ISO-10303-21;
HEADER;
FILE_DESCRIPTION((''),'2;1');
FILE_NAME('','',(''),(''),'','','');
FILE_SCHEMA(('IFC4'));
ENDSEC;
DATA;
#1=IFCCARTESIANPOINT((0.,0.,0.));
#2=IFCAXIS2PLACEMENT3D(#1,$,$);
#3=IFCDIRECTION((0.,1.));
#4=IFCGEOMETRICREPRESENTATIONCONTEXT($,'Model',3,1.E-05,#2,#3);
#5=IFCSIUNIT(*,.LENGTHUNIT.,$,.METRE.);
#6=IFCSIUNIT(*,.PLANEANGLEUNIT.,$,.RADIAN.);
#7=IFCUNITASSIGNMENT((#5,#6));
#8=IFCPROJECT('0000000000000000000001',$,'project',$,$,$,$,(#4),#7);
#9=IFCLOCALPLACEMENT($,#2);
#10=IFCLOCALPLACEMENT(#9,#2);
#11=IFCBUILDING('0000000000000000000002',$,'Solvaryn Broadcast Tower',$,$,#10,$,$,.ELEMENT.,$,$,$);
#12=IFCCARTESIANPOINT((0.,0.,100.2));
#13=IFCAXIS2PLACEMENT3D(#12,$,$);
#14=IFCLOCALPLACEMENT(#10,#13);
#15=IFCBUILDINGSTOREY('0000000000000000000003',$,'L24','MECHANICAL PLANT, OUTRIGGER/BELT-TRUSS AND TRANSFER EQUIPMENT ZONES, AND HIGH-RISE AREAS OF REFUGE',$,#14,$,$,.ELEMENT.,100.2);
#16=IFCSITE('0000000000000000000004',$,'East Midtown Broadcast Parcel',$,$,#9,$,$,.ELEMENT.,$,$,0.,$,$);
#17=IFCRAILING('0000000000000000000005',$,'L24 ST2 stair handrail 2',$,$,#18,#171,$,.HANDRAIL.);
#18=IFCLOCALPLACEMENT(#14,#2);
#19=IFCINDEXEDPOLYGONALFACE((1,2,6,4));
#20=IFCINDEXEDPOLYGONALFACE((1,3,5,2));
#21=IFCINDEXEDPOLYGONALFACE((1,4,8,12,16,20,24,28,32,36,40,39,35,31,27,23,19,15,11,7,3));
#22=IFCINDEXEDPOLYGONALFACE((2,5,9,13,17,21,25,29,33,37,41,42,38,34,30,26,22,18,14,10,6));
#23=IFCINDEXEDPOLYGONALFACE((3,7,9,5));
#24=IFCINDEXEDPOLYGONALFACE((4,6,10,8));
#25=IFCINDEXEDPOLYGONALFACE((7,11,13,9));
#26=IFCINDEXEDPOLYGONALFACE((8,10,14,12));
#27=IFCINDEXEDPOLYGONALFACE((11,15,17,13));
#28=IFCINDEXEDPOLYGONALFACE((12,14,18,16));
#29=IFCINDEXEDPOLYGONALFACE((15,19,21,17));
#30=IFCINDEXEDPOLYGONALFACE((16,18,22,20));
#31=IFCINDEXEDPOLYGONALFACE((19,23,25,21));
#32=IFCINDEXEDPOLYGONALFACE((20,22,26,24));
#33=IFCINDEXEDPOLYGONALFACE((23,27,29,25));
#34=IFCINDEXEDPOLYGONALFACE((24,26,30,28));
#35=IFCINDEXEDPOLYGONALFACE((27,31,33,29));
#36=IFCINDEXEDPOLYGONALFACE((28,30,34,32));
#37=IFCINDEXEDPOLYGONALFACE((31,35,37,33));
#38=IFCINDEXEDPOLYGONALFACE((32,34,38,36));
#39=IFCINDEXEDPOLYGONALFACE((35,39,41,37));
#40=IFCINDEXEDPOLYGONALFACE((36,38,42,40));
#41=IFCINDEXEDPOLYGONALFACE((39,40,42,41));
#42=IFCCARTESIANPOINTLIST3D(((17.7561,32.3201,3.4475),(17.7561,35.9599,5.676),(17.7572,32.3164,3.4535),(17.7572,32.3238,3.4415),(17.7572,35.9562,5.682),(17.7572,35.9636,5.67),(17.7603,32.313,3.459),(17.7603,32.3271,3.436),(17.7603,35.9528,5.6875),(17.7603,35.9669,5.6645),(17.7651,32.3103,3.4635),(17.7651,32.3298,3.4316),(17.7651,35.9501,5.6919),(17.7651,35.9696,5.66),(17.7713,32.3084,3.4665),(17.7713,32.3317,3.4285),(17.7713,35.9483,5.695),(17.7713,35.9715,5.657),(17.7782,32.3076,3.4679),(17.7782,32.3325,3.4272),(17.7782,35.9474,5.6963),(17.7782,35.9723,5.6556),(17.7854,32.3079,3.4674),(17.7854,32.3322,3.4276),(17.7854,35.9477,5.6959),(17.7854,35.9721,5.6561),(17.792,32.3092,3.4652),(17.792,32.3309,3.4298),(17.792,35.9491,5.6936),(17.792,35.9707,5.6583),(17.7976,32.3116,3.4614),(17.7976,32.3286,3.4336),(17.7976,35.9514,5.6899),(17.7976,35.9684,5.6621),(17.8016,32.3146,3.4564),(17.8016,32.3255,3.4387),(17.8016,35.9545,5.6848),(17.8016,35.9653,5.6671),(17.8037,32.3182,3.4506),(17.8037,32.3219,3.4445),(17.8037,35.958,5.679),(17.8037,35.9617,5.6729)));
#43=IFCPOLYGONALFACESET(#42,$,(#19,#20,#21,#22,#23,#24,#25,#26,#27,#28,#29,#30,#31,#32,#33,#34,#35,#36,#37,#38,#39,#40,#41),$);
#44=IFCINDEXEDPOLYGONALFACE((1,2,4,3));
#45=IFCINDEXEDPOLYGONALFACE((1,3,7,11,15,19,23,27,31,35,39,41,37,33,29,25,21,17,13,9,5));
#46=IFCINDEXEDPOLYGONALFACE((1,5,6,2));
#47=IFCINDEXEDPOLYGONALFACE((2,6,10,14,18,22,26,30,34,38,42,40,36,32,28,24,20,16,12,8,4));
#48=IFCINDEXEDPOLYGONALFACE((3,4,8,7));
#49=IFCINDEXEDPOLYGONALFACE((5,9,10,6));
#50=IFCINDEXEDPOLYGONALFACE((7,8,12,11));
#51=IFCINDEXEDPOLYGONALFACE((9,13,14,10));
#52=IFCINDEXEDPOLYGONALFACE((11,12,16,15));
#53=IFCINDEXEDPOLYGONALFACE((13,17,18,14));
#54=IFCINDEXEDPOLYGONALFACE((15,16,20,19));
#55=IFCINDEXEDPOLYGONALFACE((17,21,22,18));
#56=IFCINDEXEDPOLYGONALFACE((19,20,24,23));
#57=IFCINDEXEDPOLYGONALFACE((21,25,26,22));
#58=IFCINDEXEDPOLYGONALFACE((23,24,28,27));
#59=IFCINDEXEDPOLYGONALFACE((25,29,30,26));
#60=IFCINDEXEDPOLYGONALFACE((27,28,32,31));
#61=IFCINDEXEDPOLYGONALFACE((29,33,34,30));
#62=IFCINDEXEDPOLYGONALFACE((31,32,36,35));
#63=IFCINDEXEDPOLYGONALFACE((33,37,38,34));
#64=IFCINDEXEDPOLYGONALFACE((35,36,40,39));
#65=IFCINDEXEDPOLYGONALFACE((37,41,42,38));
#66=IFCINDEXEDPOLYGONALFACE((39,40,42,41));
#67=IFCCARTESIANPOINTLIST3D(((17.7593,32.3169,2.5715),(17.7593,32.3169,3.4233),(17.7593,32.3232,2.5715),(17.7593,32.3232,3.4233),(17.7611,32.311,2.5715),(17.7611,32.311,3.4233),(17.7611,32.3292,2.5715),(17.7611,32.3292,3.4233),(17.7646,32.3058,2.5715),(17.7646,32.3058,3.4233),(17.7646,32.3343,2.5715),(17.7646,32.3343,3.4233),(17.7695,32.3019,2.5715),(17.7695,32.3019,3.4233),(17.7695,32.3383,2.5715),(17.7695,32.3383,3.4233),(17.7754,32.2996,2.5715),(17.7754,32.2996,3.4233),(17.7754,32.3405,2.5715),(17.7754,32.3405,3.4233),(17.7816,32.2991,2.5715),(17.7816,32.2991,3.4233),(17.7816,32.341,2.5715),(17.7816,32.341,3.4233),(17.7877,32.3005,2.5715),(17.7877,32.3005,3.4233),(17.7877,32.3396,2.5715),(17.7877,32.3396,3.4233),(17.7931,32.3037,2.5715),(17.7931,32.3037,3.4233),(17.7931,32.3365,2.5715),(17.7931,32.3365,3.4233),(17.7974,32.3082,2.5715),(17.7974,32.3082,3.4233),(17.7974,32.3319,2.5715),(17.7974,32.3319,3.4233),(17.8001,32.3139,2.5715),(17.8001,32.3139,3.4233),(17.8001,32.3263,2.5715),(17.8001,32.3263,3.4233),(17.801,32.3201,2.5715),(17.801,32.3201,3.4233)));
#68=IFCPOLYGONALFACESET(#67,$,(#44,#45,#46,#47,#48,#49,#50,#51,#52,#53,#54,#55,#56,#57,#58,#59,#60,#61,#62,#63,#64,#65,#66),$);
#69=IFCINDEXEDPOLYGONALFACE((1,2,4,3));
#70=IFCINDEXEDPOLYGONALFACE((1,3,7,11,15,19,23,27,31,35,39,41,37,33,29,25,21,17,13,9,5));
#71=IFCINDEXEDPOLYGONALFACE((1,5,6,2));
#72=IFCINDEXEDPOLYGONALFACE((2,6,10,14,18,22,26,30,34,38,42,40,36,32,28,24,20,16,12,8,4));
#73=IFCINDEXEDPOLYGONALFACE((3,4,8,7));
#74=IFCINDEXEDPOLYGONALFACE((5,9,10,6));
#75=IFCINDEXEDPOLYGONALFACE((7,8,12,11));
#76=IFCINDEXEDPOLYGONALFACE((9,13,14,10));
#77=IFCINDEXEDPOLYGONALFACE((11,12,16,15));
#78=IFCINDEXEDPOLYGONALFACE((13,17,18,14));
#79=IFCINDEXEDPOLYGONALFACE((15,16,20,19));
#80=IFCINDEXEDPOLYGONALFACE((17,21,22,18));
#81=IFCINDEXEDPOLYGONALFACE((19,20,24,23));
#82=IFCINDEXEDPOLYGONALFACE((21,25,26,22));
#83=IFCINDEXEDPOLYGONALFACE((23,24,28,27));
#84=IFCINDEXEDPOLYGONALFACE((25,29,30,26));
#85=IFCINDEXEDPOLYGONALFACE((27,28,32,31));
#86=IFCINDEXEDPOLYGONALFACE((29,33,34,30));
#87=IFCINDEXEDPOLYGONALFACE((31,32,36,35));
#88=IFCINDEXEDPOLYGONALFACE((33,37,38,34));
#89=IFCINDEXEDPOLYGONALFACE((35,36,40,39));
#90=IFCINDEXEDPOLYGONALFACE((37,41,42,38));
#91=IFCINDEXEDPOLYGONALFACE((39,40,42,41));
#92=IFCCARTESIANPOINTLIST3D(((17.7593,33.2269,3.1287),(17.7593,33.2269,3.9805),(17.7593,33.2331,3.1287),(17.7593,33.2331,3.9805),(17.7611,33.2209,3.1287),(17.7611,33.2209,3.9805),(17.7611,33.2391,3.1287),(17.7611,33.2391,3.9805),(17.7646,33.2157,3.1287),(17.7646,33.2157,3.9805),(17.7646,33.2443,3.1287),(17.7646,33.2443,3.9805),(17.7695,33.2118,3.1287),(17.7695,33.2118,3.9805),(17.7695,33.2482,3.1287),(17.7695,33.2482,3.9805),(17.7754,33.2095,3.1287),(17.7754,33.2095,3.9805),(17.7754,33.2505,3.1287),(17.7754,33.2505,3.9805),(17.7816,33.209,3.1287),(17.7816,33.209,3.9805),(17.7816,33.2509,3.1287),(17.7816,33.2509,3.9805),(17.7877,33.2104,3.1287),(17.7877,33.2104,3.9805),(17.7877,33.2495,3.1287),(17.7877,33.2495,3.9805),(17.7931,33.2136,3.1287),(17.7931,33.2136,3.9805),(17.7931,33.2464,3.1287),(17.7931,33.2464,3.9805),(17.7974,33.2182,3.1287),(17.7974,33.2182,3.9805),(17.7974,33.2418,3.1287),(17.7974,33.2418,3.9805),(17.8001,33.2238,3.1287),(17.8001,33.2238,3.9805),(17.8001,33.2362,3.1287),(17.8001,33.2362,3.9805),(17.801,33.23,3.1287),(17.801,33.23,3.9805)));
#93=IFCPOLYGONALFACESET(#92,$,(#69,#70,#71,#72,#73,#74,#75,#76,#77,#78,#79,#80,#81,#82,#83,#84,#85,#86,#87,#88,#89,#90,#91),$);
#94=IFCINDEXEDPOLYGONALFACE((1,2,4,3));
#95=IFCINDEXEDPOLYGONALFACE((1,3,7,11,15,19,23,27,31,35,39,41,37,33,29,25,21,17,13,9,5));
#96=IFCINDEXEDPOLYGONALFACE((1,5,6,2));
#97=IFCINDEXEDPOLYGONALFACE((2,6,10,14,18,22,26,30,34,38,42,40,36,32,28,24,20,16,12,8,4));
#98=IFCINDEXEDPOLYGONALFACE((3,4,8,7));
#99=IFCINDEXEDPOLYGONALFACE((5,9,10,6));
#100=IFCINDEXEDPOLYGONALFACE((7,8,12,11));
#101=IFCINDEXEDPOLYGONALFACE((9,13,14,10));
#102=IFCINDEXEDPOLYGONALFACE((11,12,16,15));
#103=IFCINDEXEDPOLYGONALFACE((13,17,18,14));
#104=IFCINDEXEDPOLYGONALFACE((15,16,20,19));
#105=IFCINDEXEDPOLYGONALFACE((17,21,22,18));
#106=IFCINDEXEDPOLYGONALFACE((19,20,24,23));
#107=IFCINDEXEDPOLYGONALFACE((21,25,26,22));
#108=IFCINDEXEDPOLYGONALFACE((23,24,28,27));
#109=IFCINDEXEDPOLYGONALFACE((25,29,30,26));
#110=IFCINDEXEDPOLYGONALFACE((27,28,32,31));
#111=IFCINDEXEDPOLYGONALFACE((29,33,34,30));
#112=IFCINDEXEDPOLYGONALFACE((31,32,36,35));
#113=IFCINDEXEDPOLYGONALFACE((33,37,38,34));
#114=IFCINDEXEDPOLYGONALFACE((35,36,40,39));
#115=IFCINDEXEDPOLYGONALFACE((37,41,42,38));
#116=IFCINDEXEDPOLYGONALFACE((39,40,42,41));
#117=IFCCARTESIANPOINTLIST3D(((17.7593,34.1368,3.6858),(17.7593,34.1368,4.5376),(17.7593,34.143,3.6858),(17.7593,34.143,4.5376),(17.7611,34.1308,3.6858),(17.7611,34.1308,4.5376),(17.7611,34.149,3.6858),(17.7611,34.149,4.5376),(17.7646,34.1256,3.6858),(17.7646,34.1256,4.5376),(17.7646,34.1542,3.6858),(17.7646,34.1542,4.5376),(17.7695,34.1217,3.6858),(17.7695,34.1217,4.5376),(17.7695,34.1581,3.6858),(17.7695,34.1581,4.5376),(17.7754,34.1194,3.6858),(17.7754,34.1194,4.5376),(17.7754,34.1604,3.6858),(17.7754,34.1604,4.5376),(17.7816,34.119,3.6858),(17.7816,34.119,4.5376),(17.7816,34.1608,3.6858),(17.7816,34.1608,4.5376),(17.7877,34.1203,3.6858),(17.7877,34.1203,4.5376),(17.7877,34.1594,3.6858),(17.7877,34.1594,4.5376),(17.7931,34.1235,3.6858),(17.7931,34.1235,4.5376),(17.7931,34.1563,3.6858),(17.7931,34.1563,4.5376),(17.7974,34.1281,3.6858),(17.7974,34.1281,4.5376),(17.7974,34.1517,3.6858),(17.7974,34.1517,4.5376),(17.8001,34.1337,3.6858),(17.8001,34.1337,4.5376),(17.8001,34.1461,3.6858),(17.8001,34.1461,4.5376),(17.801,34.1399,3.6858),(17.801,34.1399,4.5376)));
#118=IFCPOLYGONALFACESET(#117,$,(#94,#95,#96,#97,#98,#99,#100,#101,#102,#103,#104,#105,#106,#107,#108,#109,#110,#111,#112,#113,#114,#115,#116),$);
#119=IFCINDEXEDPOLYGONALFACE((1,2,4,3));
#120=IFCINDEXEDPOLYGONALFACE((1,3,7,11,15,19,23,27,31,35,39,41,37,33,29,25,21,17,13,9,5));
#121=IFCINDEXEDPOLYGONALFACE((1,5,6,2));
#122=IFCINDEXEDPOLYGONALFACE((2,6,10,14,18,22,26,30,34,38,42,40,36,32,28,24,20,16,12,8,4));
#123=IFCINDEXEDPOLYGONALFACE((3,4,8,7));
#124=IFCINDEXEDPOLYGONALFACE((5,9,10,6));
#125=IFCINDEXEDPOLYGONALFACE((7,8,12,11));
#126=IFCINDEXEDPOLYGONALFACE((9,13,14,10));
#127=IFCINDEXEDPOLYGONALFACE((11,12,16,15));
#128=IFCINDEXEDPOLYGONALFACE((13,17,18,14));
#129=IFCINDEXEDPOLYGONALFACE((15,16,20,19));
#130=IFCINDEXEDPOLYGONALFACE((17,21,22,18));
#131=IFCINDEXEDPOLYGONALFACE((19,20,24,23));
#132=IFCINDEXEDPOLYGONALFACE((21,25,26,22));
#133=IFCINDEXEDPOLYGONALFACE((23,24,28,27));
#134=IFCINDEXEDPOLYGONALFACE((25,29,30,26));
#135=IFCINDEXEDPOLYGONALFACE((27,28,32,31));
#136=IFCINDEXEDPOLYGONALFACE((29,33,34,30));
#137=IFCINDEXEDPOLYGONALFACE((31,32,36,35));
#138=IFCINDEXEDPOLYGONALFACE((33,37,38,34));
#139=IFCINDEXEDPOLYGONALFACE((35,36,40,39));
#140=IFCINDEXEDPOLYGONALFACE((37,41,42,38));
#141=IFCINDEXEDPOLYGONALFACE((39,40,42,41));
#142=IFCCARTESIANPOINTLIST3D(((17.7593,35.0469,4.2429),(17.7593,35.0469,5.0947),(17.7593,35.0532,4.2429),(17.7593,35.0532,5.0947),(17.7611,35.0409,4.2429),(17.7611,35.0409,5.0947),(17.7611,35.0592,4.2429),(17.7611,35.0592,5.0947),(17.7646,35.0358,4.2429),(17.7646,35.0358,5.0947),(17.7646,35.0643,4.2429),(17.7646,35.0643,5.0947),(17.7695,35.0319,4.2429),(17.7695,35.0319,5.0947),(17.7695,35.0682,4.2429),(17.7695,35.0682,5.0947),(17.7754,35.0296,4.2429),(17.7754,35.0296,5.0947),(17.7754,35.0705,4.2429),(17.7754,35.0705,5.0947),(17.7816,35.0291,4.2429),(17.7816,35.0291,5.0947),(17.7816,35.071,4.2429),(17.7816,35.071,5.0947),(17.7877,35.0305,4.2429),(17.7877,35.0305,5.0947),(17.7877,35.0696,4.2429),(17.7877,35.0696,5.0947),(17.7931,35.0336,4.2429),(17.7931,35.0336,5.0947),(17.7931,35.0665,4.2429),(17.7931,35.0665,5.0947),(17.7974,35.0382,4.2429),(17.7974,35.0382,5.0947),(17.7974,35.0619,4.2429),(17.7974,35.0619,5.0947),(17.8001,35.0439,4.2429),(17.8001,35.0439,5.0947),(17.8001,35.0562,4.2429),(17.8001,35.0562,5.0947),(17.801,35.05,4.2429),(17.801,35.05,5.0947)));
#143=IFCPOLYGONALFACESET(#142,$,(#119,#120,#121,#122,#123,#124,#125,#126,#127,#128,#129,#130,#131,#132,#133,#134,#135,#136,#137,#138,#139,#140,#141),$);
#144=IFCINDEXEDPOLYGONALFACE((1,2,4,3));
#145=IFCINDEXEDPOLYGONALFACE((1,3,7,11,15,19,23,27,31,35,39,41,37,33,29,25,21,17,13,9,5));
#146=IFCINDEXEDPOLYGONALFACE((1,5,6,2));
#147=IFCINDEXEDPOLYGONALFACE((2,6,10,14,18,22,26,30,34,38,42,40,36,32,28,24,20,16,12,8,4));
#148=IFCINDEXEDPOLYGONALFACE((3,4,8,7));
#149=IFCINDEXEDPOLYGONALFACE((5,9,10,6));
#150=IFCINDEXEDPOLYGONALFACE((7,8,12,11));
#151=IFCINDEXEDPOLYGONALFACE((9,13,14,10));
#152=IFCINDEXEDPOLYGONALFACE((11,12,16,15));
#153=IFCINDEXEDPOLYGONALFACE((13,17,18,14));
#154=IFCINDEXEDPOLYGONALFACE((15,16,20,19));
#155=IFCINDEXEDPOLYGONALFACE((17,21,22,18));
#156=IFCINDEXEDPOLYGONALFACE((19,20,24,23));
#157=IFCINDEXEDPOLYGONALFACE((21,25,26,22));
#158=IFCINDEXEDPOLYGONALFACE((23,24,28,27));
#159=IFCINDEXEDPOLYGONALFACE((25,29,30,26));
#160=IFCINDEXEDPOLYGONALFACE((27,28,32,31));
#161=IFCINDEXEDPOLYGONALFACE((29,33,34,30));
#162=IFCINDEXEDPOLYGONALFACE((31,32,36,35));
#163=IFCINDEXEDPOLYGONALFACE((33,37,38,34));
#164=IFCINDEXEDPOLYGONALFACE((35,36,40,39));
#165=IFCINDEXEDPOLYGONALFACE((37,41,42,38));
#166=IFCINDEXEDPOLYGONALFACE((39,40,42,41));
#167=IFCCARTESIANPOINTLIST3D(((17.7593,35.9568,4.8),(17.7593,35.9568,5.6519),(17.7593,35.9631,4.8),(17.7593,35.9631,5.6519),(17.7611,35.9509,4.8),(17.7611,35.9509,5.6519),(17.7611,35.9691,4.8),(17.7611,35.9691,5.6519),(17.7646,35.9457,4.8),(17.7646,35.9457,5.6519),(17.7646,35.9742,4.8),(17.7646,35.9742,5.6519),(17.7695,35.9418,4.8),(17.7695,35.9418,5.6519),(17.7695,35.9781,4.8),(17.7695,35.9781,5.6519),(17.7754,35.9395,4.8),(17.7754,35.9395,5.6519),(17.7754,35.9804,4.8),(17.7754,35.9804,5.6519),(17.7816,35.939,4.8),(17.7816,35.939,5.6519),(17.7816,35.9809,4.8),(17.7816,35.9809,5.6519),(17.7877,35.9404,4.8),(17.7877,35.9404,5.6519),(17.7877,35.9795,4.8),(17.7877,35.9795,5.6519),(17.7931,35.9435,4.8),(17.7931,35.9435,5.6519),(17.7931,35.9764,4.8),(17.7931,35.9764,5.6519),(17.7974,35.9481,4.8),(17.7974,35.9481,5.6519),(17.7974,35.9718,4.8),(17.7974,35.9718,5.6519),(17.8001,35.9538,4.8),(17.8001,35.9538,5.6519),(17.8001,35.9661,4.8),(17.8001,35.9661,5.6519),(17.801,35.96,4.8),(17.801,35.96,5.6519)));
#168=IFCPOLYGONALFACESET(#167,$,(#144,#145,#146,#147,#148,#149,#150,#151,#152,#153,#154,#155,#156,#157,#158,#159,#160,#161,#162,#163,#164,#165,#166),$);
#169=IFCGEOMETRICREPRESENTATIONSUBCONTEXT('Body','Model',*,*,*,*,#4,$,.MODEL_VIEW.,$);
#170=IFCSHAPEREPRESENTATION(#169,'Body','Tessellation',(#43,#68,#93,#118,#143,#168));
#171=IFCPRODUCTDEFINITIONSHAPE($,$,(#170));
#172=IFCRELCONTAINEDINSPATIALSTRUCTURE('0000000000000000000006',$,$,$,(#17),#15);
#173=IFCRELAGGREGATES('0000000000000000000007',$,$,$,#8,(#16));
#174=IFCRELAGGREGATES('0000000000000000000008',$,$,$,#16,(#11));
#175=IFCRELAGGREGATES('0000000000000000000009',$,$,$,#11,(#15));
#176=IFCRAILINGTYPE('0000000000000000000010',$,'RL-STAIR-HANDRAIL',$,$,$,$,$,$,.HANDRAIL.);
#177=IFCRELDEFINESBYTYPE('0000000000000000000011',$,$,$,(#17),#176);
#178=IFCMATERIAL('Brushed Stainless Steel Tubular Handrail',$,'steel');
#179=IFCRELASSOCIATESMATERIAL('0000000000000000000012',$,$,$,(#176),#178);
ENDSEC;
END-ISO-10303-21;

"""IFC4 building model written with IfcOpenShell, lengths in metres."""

from ifc_helpers import new_model, si_unit, direction, frame, origin, origin_2d, place, context, subcontext, project, spatial, circle, extrude, material, type_object, element, save


model = new_model("IFC4")

# Units and contexts
model_context = context("Model", 3, precision=1e-05, world=origin(), true_north=direction((0.0, 1.0)))
body_context = subcontext(model_context, "Body", "Model", "MODEL_VIEW")
ifc_project = project(units=[si_unit("LENGTHUNIT", "METRE"), si_unit("PLANEANGLEUNIT", "RADIAN")], contexts=[model_context])

# Site, building, storey
site_placement = place(None, origin())
site = spatial("IfcSite", under=ifc_project, at=site_placement, Name="East Midtown Broadcast Parcel", CompositionType="ELEMENT", RefElevation=0.0)
building_placement = place(site_placement, origin())
building = spatial("IfcBuilding", under=site, at=building_placement, Name="Solvaryn Broadcast Tower", CompositionType="ELEMENT")
storey_placement = place(building_placement, frame((0.0, 0.0, 100.2)))
storey = spatial("IfcBuildingStorey", under=building, at=storey_placement, Name="L24", Description="MECHANICAL PLANT, OUTRIGGER/BELT-TRUSS AND TRANSFER EQUIPMENT ZONES, AND HIGH-RISE AREAS OF REFUGE", CompositionType="ELEMENT", Elevation=100.2)

# Railing
ifc_material_1 = material(Name="Brushed Stainless Steel Tubular Handrail", Category="steel")
railing_type_1 = type_object("IfcRailingType", Name="RL-STAIR-HANDRAIL", PredefinedType="HANDRAIL", material=ifc_material_1)
for number, where, name in (
    (1, (17.78, 32.3201, 2.5715), "L24 ST2 stair handrail 2"),
):
    element("IfcRailing", number, at=place(storey_placement, frame(where)), inside=storey, type_object=railing_type_1, Name=name, PredefinedType="HANDRAIL", context=body_context, shape_type="SweptSolid", body=[
        extrude(circle(Radius=0.0239, at=origin_2d()), frame((0.0, 0.0, 0.876), z_axis=(0.0, 0.85285, 0.522156), x_axis=(-1.0, 0.0, 0.0)), (0.0, 0.0, 1.0), 4.2678),
        extrude(circle(Radius=0.021, at=origin_2d()), origin(), (0.0, 0.0, 1.0), 0.8518),
        extrude(circle(Radius=0.021, at=origin_2d()), frame((0.0, 0.9099, 0.5571)), (0.0, 0.0, 1.0), 0.8518),
        extrude(circle(Radius=0.021, at=origin_2d()), frame((0.0, 1.8198, 1.1143)), (0.0, 0.0, 1.0), 0.8518),
        extrude(circle(Radius=0.021, at=origin_2d()), frame((0.0, 2.73, 1.6714)), (0.0, 0.0, 1.0), 0.8518),
        extrude(circle(Radius=0.021, at=origin_2d()), frame((0.0, 3.6399, 2.2285)), (0.0, 0.0, 1.0), 0.8518),
    ])

save(model, "model.ifc")
